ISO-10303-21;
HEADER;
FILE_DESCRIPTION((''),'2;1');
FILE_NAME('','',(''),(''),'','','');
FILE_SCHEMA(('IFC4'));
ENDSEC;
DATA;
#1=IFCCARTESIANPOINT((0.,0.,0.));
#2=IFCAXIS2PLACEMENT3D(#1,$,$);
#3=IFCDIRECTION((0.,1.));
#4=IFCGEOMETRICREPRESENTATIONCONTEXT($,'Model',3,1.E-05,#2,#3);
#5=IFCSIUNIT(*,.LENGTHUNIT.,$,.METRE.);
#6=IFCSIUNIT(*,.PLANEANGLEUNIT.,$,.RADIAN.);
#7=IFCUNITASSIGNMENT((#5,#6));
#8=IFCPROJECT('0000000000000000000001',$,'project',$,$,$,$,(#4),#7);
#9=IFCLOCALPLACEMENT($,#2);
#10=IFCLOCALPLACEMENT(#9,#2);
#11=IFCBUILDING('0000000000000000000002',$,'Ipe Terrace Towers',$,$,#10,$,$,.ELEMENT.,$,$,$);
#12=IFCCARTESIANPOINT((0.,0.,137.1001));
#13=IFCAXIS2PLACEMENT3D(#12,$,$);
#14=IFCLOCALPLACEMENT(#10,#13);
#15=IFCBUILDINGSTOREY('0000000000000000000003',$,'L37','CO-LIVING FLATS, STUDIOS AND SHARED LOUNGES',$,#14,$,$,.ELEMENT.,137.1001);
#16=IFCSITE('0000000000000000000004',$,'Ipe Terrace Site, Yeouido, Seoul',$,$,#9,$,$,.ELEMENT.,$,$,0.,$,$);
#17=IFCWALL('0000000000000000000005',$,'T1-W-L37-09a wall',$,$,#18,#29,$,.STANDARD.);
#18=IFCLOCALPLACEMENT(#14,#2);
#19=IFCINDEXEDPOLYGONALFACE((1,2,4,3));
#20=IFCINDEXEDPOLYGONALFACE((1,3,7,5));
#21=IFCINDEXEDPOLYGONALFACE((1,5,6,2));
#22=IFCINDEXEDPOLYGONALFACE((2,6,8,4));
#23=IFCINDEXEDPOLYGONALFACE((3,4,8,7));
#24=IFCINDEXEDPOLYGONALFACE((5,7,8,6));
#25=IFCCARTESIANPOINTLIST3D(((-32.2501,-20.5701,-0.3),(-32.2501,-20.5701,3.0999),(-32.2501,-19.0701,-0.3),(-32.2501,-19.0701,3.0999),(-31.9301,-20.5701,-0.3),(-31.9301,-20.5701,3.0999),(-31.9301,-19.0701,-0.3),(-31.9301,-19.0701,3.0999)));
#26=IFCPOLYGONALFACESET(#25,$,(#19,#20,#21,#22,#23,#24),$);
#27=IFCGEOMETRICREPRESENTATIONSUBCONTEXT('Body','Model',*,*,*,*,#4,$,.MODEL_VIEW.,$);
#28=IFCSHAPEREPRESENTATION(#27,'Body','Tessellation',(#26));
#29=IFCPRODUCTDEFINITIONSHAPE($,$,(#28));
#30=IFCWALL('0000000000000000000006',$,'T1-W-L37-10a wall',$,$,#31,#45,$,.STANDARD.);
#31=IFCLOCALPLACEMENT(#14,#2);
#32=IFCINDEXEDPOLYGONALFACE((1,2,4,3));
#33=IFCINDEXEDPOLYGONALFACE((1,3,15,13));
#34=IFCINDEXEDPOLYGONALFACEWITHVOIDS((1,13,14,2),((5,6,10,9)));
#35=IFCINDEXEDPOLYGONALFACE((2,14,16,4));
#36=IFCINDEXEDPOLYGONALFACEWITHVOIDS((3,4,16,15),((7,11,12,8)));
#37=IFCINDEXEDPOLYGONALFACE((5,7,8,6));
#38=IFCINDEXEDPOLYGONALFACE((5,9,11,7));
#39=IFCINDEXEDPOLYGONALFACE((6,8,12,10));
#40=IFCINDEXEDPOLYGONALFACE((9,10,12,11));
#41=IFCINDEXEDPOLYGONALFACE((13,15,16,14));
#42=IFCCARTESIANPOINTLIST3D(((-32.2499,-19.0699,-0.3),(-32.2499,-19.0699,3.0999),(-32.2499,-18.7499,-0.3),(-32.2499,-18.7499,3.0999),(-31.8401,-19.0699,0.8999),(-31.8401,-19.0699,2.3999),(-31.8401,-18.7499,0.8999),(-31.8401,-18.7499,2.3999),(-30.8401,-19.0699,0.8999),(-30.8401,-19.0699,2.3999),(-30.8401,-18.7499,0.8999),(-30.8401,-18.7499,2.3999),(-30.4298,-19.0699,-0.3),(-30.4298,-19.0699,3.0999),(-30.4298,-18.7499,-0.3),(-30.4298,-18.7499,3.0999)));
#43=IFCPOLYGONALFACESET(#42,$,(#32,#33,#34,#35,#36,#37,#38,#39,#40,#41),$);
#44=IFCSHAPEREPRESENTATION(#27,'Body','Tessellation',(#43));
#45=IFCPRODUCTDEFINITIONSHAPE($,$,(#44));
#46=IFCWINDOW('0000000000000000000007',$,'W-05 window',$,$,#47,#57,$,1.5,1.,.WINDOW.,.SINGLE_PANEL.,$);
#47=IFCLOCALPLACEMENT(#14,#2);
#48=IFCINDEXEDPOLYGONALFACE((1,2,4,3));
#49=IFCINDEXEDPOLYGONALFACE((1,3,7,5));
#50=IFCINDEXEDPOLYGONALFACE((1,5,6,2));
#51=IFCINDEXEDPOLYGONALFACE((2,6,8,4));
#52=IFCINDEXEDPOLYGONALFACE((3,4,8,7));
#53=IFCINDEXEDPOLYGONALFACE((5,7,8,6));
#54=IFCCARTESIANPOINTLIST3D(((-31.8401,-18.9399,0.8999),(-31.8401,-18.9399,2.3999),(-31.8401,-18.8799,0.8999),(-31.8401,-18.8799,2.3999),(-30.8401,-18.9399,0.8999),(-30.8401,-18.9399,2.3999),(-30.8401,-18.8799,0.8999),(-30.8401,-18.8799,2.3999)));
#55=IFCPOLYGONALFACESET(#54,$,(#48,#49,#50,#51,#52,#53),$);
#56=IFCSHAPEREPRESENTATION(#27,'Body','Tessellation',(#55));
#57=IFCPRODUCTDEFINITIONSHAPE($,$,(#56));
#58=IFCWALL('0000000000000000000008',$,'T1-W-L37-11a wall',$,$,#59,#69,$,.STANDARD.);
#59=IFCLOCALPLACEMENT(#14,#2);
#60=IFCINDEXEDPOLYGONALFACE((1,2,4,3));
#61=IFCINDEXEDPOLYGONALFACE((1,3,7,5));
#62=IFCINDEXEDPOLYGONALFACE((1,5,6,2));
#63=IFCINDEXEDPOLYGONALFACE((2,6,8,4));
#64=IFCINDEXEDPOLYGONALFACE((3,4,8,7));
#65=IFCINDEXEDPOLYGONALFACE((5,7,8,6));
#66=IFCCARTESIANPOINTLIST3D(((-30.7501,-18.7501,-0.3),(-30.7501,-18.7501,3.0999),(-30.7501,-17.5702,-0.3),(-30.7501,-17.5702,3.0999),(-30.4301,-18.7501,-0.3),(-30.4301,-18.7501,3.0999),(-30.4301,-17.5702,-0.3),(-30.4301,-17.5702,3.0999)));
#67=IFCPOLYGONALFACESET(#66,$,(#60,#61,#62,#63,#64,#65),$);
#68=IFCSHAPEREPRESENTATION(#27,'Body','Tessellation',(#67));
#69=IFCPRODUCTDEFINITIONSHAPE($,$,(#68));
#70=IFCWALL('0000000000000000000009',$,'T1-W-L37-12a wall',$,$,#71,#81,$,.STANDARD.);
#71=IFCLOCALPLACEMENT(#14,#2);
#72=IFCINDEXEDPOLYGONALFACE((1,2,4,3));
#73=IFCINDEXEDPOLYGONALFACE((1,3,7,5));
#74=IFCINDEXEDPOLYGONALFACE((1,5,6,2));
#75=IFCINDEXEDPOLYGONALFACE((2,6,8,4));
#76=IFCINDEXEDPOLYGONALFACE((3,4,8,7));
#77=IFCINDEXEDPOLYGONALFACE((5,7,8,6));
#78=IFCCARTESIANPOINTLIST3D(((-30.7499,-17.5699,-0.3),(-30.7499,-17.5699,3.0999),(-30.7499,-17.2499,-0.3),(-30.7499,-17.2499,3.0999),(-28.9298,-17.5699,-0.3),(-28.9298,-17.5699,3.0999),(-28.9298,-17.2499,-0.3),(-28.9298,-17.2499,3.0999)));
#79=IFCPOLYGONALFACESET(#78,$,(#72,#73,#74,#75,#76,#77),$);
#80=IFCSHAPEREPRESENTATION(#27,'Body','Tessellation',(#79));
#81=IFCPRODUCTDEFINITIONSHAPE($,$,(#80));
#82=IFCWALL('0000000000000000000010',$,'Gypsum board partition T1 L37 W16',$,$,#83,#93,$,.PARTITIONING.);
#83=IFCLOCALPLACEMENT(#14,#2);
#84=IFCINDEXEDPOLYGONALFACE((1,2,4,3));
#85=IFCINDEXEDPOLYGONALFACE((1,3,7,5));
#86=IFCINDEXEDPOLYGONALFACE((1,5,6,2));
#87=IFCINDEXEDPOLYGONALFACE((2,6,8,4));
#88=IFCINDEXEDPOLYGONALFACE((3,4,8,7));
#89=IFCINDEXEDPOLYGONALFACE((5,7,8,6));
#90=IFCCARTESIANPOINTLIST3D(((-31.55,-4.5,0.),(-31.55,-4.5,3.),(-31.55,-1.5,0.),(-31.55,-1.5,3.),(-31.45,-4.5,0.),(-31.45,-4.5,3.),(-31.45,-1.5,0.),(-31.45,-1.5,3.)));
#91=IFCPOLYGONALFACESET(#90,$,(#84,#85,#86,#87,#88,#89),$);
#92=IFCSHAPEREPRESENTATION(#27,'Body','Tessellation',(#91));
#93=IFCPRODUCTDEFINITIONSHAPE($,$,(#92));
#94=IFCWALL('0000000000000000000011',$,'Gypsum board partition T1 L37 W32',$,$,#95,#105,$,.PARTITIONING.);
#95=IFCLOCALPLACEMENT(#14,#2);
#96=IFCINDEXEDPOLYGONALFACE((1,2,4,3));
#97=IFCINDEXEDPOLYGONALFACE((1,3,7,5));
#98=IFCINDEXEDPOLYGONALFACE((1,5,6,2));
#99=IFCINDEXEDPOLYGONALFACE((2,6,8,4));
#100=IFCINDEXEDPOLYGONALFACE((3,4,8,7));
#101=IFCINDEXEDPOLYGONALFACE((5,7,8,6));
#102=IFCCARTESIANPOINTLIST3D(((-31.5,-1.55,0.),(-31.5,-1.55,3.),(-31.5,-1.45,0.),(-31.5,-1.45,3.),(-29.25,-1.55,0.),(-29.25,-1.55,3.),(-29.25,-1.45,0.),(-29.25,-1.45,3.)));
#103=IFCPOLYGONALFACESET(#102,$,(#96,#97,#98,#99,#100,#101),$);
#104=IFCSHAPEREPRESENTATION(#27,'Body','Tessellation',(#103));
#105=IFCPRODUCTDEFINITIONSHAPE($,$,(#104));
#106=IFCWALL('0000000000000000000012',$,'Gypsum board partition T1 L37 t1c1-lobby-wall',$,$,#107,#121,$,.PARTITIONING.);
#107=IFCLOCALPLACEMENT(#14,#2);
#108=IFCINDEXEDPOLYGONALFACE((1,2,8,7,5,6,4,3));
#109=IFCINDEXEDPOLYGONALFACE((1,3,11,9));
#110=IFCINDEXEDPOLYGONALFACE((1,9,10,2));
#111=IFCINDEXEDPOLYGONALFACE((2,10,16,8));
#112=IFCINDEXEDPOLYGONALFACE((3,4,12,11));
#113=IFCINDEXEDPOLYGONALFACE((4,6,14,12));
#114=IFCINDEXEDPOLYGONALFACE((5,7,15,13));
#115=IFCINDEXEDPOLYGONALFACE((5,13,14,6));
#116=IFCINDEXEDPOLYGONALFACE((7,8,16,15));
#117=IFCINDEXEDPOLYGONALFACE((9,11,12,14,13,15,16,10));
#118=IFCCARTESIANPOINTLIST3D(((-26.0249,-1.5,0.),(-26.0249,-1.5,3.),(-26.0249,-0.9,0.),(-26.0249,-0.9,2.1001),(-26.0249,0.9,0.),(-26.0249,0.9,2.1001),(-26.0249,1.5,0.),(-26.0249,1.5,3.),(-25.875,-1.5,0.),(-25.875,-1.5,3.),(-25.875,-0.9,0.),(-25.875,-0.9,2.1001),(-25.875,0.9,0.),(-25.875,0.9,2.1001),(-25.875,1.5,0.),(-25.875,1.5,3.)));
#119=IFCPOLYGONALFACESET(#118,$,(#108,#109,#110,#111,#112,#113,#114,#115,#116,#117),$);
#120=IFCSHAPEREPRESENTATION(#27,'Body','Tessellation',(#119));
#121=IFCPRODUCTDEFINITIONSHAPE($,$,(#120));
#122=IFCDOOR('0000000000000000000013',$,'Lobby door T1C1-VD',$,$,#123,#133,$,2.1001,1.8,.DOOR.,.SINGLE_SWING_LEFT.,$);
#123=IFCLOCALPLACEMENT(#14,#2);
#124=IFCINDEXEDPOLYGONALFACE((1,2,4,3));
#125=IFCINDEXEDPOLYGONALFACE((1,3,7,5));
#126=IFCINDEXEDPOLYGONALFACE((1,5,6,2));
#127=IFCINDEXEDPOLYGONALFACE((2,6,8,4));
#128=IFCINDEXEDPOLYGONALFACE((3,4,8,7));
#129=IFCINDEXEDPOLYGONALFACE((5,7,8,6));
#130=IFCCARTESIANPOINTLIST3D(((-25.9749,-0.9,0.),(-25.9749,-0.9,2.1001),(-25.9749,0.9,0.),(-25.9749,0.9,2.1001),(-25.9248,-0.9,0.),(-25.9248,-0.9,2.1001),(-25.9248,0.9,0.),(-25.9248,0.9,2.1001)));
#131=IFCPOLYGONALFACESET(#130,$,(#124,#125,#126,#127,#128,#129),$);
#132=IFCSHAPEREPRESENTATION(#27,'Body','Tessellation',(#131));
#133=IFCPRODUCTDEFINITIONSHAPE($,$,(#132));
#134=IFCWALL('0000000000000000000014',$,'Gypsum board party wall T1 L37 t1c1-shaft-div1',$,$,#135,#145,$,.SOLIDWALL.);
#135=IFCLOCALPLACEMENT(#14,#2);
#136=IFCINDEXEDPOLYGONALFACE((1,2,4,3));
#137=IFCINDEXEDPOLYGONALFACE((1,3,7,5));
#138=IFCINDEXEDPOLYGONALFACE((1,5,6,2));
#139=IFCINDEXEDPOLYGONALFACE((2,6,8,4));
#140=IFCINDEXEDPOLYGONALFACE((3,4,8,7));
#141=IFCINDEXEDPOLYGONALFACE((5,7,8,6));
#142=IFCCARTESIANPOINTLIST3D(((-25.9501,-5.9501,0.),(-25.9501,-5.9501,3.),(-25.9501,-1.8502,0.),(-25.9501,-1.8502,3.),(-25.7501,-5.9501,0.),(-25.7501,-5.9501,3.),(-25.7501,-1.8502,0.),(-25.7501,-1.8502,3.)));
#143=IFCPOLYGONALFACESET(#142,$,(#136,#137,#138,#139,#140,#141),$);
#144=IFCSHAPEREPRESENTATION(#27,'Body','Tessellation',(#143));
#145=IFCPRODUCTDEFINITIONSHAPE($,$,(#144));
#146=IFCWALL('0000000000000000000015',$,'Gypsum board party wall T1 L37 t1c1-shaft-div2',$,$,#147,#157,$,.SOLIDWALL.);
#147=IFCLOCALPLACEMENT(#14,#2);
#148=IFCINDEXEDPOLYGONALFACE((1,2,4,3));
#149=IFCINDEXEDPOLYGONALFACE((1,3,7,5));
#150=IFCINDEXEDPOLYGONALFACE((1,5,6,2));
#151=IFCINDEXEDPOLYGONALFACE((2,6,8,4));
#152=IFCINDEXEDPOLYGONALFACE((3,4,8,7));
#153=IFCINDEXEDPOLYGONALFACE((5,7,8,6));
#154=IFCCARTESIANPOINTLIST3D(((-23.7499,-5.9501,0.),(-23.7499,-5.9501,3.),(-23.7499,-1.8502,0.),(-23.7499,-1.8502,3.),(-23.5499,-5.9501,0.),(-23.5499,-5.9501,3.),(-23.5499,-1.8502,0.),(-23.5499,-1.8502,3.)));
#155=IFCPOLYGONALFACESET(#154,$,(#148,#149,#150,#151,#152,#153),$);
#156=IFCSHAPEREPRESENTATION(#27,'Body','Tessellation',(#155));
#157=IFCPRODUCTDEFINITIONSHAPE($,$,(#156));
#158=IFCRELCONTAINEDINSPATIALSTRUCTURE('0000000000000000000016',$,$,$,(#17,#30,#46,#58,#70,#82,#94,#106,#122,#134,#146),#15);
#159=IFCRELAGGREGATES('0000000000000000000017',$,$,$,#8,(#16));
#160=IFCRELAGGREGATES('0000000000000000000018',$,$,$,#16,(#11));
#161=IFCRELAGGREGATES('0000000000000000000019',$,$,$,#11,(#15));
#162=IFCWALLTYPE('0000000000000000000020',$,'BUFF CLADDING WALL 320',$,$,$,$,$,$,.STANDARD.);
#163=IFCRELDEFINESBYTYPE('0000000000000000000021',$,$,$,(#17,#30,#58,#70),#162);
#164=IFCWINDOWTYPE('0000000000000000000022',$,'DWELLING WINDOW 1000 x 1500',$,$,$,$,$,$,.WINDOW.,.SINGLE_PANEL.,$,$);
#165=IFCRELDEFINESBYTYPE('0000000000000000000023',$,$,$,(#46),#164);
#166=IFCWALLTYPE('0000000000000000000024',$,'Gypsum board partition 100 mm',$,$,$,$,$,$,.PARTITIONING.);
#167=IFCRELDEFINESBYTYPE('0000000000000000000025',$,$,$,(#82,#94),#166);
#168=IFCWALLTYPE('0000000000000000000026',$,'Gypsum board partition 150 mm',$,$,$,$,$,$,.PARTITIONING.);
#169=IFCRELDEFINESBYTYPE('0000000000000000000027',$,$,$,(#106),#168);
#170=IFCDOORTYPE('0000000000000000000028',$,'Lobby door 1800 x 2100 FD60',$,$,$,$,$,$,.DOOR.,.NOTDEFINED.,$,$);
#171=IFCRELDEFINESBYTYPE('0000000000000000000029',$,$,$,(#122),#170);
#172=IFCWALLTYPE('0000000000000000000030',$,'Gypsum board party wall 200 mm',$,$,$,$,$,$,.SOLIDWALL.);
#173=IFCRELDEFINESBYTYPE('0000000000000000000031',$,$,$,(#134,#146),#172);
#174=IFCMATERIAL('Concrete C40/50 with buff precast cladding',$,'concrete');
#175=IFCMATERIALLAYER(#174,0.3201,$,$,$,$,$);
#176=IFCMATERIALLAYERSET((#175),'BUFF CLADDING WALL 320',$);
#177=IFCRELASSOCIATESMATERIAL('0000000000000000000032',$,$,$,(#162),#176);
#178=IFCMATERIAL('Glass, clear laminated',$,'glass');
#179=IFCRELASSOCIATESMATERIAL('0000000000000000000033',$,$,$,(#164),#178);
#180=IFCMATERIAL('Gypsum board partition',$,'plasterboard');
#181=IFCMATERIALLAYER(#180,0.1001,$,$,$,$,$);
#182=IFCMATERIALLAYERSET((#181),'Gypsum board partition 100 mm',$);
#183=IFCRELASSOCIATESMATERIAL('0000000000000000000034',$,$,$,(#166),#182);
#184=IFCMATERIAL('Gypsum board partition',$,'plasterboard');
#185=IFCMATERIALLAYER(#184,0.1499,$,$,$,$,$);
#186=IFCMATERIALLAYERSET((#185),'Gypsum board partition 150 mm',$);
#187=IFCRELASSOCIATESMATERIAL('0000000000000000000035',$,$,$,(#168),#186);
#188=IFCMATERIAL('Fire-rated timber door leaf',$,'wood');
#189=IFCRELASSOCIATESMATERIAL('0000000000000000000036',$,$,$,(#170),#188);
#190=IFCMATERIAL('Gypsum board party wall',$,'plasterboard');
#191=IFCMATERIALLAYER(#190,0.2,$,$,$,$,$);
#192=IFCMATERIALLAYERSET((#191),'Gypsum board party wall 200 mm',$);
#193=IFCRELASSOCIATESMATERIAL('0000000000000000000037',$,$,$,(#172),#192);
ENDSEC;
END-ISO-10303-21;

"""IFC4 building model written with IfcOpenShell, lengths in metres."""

from ifc_helpers import new_model, si_unit, direction, frame, frame_2d, origin, place, context, subcontext, project, spatial, rectangle, extrude, material, layer, layer_set, type_object, element, fill, save


model = new_model("IFC4")

# Units and contexts
model_context = context("Model", 3, precision=1e-05, world=origin(), true_north=direction((0.0, 1.0)))
body_context = subcontext(model_context, "Body", "Model", "MODEL_VIEW")
ifc_project = project(units=[si_unit("LENGTHUNIT", "METRE"), si_unit("PLANEANGLEUNIT", "RADIAN")], contexts=[model_context])

# Site, building, storey
site_placement = place(None, origin())
site = spatial("IfcSite", under=ifc_project, at=site_placement, Name="Ipe Terrace Site, Yeouido, Seoul", CompositionType="ELEMENT", RefElevation=0.0)
building_placement = place(site_placement, origin())
building = spatial("IfcBuilding", under=site, at=building_placement, Name="Ipe Terrace Towers", CompositionType="ELEMENT")
storey_placement = place(building_placement, frame((0.0, 0.0, 137.1001)))
storey = spatial("IfcBuildingStorey", under=building, at=storey_placement, Name="L37", Description="CO-LIVING FLATS, STUDIOS AND SHARED LOUNGES", CompositionType="ELEMENT", Elevation=137.1001)

# Wall
ifc_material_1 = material(Name="Concrete C40/50 with buff precast cladding", Category="concrete")
ifc_layer_1 = layer(ifc_material_1, 0.3201)
ifc_layer_set_1 = layer_set([ifc_layer_1], Name="BUFF CLADDING WALL 320")
wall_type_1 = type_object("IfcWallType", Name="BUFF CLADDING WALL 320", PredefinedType="STANDARD", material=ifc_layer_set_1)
wall_1_placement = place(storey_placement, frame((-32.0901, -20.5701, -0.3), z_axis=(0.0, 0.0, 1.0), x_axis=(0.0, 1.0, 0.0)))
element("IfcWall", 1, at=wall_1_placement, inside=storey, type_object=wall_type_1, Name="T1-W-L37-09a wall", PredefinedType="STANDARD", context=body_context, shape_type="SweptSolid", body=[
    extrude(rectangle(XDim=1.5, YDim=0.3201, at=frame_2d((0.75, 0.0))), origin(), (0.0, 0.0, 1.0), 3.3999),
])

# Wall, opening, window
wall_2_placement = place(storey_placement, frame((-32.25, -18.9099, -0.3), z_axis=(0.0, 0.0, 1.0), x_axis=(1.0, 0.0, 0.0)))
wall_2 = element("IfcWall", 2, at=wall_2_placement, inside=storey, type_object=wall_type_1, Name="T1-W-L37-10a wall", PredefinedType="STANDARD", context=body_context, shape_type="SweptSolid", body=[
    extrude(rectangle(XDim=1.8201, YDim=0.3201, at=frame_2d((0.9102, 0.0))), origin(), (0.0, 0.0, 1.0), 3.3999),
])
opening_1_placement = place(wall_2_placement, frame((0.4099, 0.0, 1.2)))
opening_1 = element("IfcOpeningElement", 3, at=opening_1_placement, cuts=wall_2, PredefinedType="OPENING", context=body_context, shape_type="SweptSolid", body=[
    extrude(rectangle(XDim=1.0, YDim=1.5, at=frame_2d((0.5, 0.75))), frame((0.0, 0.1699, 0.0), z_axis=(0.0, -1.0, 0.0), x_axis=(1.0, 0.0, 0.0)), (0.0, 0.0, 1.0), 0.3401),
])
ifc_material_2 = material(Name="Glass, clear laminated", Category="glass")
window_type = type_object("IfcWindowType", Name="DWELLING WINDOW 1000 x 1500", PartitioningType="SINGLE_PANEL", PredefinedType="WINDOW", material=ifc_material_2)
window_placement = place(opening_1_placement, origin())
window = element("IfcWindow", 4, at=window_placement, inside=storey, type_object=window_type, Name="W-05 window", OverallHeight=1.5, OverallWidth=1.0, PartitioningType="SINGLE_PANEL", PredefinedType="WINDOW", context=body_context, shape_type="SweptSolid", body=[
    extrude(rectangle(XDim=1.0, YDim=1.5, at=frame_2d((0.5, 0.75))), frame((0.0, 0.03, 0.0), z_axis=(0.0, -1.0, 0.0), x_axis=(1.0, 0.0, 0.0)), (0.0, 0.0, 1.0), 0.0601),
])
fill(opening_1, window)

# Walls
wall_3_placement = place(storey_placement, frame((-30.5901, -18.75, -0.3), z_axis=(0.0, 0.0, 1.0), x_axis=(0.0, 1.0, 0.0)))
element("IfcWall", 5, at=wall_3_placement, inside=storey, type_object=wall_type_1, Name="T1-W-L37-11a wall", PredefinedType="STANDARD", context=body_context, shape_type="SweptSolid", body=[
    extrude(rectangle(XDim=1.1799, YDim=0.3201, at=frame_2d((0.5898, 0.0))), origin(), (0.0, 0.0, 1.0), 3.3999),
])
wall_4_placement = place(storey_placement, frame((-30.75, -17.4099, -0.3), z_axis=(0.0, 0.0, 1.0), x_axis=(1.0, 0.0, 0.0)))
element("IfcWall", 6, at=wall_4_placement, inside=storey, type_object=wall_type_1, Name="T1-W-L37-12a wall", PredefinedType="STANDARD", context=body_context, shape_type="SweptSolid", body=[
    extrude(rectangle(XDim=1.8201, YDim=0.3201, at=frame_2d((0.9102, 0.0))), origin(), (0.0, 0.0, 1.0), 3.3999),
])
ifc_material_3 = material(Name="Gypsum board partition", Category="plasterboard")
ifc_layer_2 = layer(ifc_material_3, 0.1001)
ifc_layer_set_2 = layer_set([ifc_layer_2], Name="Gypsum board partition 100 mm")
wall_type_2 = type_object("IfcWallType", Name="Gypsum board partition 100 mm", PredefinedType="PARTITIONING", material=ifc_layer_set_2)
wall_5_placement = place(storey_placement, frame((-31.5, -4.5, 0.0), z_axis=(0.0, 0.0, 1.0), x_axis=(0.0, 1.0, 0.0)))
element("IfcWall", 7, at=wall_5_placement, inside=storey, type_object=wall_type_2, Name="Gypsum board partition T1 L37 W16", PredefinedType="PARTITIONING", context=body_context, shape_type="SweptSolid", body=[
    extrude(rectangle(XDim=3.0, YDim=0.1001, at=frame_2d((1.5, 0.0))), origin(), (0.0, 0.0, 1.0), 3.0),
])
wall_6_placement = place(storey_placement, frame((-31.5, -1.5, 0.0), z_axis=(0.0, 0.0, 1.0), x_axis=(1.0, 0.0, 0.0)))
element("IfcWall", 8, at=wall_6_placement, inside=storey, type_object=wall_type_2, Name="Gypsum board partition T1 L37 W32", PredefinedType="PARTITIONING", context=body_context, shape_type="SweptSolid", body=[
    extrude(rectangle(XDim=2.25, YDim=0.1001, at=frame_2d((1.125, 0.0))), origin(), (0.0, 0.0, 1.0), 3.0),
])

# Wall, opening, door
ifc_material_4 = material(Name="Gypsum board partition", Category="plasterboard")
ifc_layer_3 = layer(ifc_material_4, 0.1499)
ifc_layer_set_3 = layer_set([ifc_layer_3], Name="Gypsum board partition 150 mm")
wall_type_3 = type_object("IfcWallType", Name="Gypsum board partition 150 mm", PredefinedType="PARTITIONING", material=ifc_layer_set_3)
wall_7_placement = place(storey_placement, frame((-25.95, -1.5, 0.0), z_axis=(0.0, 0.0, 1.0), x_axis=(0.0, 1.0, 0.0)))
wall_7 = element("IfcWall", 9, at=wall_7_placement, inside=storey, type_object=wall_type_3, Name="Gypsum board partition T1 L37 t1c1-lobby-wall", PredefinedType="PARTITIONING", context=body_context, shape_type="SweptSolid", body=[
    extrude(rectangle(XDim=3.0, YDim=0.1499, at=frame_2d((1.5, 0.0))), origin(), (0.0, 0.0, 1.0), 3.0),
])
opening_2_placement = place(wall_7_placement, frame((0.6001, 0.0, 0.0)))
opening_2 = element("IfcOpeningElement", 10, at=opening_2_placement, cuts=wall_7, PredefinedType="OPENING", context=body_context, shape_type="SweptSolid", body=[
    extrude(rectangle(XDim=1.8, YDim=2.1001, at=frame_2d((0.8999, 1.05))), frame((0.0, 0.085, 0.0), z_axis=(0.0, -1.0, 0.0), x_axis=(1.0, 0.0, 0.0)), (0.0, 0.0, 1.0), 0.1699),
])
ifc_material_5 = material(Name="Fire-rated timber door leaf", Category="wood")
door_type_1 = type_object("IfcDoorType", Name="Lobby door 1800 x 2100 FD60", OperationType="NOTDEFINED", PredefinedType="DOOR", material=ifc_material_5)
door_1_placement = place(opening_2_placement, origin())
door_1 = element("IfcDoor", 11, at=door_1_placement, inside=storey, type_object=door_type_1, Name="Lobby door T1C1-VD", OperationType="SINGLE_SWING_LEFT", OverallHeight=2.1001, OverallWidth=1.8, PredefinedType="DOOR", context=body_context, shape_type="SweptSolid", body=[
    extrude(rectangle(XDim=1.8, YDim=2.1001, at=frame_2d((0.8999, 1.05))), frame((0.0, 0.0249, 0.0), z_axis=(0.0, -1.0, 0.0), x_axis=(1.0, 0.0, 0.0)), (0.0, 0.0, 1.0), 0.05),
])
fill(opening_2, door_1)

# Walls
ifc_material_6 = material(Name="Gypsum board party wall", Category="plasterboard")
ifc_layer_4 = layer(ifc_material_6, 0.2)
ifc_layer_set_4 = layer_set([ifc_layer_4], Name="Gypsum board party wall 200 mm")
wall_type_4 = type_object("IfcWallType", Name="Gypsum board party wall 200 mm", PredefinedType="SOLIDWALL", material=ifc_layer_set_4)
for number, where, z_axis, x_axis, name in (
    (12, (-25.8501, -5.95, 0.0), (0.0, 0.0, 1.0), (0.0, 1.0, 0.0), "Gypsum board party wall T1 L37 t1c1-shaft-div1"),
    (13, (-23.6499, -5.95, 0.0), (0.0, 0.0, 1.0), (0.0, 1.0, 0.0), "Gypsum board party wall T1 L37 t1c1-shaft-div2"),
):
    element("IfcWall", number, at=place(storey_placement, frame(where, z_axis=z_axis, x_axis=x_axis)), inside=storey, type_object=wall_type_4, Name=name, PredefinedType="SOLIDWALL", context=body_context, shape_type="SweptSolid", body=[
        extrude(rectangle(XDim=4.0999, YDim=0.2, at=frame_2d((2.0498, 0.0))), origin(), (0.0, 0.0, 1.0), 3.0),
    ])

save(model, "model.ifc")
